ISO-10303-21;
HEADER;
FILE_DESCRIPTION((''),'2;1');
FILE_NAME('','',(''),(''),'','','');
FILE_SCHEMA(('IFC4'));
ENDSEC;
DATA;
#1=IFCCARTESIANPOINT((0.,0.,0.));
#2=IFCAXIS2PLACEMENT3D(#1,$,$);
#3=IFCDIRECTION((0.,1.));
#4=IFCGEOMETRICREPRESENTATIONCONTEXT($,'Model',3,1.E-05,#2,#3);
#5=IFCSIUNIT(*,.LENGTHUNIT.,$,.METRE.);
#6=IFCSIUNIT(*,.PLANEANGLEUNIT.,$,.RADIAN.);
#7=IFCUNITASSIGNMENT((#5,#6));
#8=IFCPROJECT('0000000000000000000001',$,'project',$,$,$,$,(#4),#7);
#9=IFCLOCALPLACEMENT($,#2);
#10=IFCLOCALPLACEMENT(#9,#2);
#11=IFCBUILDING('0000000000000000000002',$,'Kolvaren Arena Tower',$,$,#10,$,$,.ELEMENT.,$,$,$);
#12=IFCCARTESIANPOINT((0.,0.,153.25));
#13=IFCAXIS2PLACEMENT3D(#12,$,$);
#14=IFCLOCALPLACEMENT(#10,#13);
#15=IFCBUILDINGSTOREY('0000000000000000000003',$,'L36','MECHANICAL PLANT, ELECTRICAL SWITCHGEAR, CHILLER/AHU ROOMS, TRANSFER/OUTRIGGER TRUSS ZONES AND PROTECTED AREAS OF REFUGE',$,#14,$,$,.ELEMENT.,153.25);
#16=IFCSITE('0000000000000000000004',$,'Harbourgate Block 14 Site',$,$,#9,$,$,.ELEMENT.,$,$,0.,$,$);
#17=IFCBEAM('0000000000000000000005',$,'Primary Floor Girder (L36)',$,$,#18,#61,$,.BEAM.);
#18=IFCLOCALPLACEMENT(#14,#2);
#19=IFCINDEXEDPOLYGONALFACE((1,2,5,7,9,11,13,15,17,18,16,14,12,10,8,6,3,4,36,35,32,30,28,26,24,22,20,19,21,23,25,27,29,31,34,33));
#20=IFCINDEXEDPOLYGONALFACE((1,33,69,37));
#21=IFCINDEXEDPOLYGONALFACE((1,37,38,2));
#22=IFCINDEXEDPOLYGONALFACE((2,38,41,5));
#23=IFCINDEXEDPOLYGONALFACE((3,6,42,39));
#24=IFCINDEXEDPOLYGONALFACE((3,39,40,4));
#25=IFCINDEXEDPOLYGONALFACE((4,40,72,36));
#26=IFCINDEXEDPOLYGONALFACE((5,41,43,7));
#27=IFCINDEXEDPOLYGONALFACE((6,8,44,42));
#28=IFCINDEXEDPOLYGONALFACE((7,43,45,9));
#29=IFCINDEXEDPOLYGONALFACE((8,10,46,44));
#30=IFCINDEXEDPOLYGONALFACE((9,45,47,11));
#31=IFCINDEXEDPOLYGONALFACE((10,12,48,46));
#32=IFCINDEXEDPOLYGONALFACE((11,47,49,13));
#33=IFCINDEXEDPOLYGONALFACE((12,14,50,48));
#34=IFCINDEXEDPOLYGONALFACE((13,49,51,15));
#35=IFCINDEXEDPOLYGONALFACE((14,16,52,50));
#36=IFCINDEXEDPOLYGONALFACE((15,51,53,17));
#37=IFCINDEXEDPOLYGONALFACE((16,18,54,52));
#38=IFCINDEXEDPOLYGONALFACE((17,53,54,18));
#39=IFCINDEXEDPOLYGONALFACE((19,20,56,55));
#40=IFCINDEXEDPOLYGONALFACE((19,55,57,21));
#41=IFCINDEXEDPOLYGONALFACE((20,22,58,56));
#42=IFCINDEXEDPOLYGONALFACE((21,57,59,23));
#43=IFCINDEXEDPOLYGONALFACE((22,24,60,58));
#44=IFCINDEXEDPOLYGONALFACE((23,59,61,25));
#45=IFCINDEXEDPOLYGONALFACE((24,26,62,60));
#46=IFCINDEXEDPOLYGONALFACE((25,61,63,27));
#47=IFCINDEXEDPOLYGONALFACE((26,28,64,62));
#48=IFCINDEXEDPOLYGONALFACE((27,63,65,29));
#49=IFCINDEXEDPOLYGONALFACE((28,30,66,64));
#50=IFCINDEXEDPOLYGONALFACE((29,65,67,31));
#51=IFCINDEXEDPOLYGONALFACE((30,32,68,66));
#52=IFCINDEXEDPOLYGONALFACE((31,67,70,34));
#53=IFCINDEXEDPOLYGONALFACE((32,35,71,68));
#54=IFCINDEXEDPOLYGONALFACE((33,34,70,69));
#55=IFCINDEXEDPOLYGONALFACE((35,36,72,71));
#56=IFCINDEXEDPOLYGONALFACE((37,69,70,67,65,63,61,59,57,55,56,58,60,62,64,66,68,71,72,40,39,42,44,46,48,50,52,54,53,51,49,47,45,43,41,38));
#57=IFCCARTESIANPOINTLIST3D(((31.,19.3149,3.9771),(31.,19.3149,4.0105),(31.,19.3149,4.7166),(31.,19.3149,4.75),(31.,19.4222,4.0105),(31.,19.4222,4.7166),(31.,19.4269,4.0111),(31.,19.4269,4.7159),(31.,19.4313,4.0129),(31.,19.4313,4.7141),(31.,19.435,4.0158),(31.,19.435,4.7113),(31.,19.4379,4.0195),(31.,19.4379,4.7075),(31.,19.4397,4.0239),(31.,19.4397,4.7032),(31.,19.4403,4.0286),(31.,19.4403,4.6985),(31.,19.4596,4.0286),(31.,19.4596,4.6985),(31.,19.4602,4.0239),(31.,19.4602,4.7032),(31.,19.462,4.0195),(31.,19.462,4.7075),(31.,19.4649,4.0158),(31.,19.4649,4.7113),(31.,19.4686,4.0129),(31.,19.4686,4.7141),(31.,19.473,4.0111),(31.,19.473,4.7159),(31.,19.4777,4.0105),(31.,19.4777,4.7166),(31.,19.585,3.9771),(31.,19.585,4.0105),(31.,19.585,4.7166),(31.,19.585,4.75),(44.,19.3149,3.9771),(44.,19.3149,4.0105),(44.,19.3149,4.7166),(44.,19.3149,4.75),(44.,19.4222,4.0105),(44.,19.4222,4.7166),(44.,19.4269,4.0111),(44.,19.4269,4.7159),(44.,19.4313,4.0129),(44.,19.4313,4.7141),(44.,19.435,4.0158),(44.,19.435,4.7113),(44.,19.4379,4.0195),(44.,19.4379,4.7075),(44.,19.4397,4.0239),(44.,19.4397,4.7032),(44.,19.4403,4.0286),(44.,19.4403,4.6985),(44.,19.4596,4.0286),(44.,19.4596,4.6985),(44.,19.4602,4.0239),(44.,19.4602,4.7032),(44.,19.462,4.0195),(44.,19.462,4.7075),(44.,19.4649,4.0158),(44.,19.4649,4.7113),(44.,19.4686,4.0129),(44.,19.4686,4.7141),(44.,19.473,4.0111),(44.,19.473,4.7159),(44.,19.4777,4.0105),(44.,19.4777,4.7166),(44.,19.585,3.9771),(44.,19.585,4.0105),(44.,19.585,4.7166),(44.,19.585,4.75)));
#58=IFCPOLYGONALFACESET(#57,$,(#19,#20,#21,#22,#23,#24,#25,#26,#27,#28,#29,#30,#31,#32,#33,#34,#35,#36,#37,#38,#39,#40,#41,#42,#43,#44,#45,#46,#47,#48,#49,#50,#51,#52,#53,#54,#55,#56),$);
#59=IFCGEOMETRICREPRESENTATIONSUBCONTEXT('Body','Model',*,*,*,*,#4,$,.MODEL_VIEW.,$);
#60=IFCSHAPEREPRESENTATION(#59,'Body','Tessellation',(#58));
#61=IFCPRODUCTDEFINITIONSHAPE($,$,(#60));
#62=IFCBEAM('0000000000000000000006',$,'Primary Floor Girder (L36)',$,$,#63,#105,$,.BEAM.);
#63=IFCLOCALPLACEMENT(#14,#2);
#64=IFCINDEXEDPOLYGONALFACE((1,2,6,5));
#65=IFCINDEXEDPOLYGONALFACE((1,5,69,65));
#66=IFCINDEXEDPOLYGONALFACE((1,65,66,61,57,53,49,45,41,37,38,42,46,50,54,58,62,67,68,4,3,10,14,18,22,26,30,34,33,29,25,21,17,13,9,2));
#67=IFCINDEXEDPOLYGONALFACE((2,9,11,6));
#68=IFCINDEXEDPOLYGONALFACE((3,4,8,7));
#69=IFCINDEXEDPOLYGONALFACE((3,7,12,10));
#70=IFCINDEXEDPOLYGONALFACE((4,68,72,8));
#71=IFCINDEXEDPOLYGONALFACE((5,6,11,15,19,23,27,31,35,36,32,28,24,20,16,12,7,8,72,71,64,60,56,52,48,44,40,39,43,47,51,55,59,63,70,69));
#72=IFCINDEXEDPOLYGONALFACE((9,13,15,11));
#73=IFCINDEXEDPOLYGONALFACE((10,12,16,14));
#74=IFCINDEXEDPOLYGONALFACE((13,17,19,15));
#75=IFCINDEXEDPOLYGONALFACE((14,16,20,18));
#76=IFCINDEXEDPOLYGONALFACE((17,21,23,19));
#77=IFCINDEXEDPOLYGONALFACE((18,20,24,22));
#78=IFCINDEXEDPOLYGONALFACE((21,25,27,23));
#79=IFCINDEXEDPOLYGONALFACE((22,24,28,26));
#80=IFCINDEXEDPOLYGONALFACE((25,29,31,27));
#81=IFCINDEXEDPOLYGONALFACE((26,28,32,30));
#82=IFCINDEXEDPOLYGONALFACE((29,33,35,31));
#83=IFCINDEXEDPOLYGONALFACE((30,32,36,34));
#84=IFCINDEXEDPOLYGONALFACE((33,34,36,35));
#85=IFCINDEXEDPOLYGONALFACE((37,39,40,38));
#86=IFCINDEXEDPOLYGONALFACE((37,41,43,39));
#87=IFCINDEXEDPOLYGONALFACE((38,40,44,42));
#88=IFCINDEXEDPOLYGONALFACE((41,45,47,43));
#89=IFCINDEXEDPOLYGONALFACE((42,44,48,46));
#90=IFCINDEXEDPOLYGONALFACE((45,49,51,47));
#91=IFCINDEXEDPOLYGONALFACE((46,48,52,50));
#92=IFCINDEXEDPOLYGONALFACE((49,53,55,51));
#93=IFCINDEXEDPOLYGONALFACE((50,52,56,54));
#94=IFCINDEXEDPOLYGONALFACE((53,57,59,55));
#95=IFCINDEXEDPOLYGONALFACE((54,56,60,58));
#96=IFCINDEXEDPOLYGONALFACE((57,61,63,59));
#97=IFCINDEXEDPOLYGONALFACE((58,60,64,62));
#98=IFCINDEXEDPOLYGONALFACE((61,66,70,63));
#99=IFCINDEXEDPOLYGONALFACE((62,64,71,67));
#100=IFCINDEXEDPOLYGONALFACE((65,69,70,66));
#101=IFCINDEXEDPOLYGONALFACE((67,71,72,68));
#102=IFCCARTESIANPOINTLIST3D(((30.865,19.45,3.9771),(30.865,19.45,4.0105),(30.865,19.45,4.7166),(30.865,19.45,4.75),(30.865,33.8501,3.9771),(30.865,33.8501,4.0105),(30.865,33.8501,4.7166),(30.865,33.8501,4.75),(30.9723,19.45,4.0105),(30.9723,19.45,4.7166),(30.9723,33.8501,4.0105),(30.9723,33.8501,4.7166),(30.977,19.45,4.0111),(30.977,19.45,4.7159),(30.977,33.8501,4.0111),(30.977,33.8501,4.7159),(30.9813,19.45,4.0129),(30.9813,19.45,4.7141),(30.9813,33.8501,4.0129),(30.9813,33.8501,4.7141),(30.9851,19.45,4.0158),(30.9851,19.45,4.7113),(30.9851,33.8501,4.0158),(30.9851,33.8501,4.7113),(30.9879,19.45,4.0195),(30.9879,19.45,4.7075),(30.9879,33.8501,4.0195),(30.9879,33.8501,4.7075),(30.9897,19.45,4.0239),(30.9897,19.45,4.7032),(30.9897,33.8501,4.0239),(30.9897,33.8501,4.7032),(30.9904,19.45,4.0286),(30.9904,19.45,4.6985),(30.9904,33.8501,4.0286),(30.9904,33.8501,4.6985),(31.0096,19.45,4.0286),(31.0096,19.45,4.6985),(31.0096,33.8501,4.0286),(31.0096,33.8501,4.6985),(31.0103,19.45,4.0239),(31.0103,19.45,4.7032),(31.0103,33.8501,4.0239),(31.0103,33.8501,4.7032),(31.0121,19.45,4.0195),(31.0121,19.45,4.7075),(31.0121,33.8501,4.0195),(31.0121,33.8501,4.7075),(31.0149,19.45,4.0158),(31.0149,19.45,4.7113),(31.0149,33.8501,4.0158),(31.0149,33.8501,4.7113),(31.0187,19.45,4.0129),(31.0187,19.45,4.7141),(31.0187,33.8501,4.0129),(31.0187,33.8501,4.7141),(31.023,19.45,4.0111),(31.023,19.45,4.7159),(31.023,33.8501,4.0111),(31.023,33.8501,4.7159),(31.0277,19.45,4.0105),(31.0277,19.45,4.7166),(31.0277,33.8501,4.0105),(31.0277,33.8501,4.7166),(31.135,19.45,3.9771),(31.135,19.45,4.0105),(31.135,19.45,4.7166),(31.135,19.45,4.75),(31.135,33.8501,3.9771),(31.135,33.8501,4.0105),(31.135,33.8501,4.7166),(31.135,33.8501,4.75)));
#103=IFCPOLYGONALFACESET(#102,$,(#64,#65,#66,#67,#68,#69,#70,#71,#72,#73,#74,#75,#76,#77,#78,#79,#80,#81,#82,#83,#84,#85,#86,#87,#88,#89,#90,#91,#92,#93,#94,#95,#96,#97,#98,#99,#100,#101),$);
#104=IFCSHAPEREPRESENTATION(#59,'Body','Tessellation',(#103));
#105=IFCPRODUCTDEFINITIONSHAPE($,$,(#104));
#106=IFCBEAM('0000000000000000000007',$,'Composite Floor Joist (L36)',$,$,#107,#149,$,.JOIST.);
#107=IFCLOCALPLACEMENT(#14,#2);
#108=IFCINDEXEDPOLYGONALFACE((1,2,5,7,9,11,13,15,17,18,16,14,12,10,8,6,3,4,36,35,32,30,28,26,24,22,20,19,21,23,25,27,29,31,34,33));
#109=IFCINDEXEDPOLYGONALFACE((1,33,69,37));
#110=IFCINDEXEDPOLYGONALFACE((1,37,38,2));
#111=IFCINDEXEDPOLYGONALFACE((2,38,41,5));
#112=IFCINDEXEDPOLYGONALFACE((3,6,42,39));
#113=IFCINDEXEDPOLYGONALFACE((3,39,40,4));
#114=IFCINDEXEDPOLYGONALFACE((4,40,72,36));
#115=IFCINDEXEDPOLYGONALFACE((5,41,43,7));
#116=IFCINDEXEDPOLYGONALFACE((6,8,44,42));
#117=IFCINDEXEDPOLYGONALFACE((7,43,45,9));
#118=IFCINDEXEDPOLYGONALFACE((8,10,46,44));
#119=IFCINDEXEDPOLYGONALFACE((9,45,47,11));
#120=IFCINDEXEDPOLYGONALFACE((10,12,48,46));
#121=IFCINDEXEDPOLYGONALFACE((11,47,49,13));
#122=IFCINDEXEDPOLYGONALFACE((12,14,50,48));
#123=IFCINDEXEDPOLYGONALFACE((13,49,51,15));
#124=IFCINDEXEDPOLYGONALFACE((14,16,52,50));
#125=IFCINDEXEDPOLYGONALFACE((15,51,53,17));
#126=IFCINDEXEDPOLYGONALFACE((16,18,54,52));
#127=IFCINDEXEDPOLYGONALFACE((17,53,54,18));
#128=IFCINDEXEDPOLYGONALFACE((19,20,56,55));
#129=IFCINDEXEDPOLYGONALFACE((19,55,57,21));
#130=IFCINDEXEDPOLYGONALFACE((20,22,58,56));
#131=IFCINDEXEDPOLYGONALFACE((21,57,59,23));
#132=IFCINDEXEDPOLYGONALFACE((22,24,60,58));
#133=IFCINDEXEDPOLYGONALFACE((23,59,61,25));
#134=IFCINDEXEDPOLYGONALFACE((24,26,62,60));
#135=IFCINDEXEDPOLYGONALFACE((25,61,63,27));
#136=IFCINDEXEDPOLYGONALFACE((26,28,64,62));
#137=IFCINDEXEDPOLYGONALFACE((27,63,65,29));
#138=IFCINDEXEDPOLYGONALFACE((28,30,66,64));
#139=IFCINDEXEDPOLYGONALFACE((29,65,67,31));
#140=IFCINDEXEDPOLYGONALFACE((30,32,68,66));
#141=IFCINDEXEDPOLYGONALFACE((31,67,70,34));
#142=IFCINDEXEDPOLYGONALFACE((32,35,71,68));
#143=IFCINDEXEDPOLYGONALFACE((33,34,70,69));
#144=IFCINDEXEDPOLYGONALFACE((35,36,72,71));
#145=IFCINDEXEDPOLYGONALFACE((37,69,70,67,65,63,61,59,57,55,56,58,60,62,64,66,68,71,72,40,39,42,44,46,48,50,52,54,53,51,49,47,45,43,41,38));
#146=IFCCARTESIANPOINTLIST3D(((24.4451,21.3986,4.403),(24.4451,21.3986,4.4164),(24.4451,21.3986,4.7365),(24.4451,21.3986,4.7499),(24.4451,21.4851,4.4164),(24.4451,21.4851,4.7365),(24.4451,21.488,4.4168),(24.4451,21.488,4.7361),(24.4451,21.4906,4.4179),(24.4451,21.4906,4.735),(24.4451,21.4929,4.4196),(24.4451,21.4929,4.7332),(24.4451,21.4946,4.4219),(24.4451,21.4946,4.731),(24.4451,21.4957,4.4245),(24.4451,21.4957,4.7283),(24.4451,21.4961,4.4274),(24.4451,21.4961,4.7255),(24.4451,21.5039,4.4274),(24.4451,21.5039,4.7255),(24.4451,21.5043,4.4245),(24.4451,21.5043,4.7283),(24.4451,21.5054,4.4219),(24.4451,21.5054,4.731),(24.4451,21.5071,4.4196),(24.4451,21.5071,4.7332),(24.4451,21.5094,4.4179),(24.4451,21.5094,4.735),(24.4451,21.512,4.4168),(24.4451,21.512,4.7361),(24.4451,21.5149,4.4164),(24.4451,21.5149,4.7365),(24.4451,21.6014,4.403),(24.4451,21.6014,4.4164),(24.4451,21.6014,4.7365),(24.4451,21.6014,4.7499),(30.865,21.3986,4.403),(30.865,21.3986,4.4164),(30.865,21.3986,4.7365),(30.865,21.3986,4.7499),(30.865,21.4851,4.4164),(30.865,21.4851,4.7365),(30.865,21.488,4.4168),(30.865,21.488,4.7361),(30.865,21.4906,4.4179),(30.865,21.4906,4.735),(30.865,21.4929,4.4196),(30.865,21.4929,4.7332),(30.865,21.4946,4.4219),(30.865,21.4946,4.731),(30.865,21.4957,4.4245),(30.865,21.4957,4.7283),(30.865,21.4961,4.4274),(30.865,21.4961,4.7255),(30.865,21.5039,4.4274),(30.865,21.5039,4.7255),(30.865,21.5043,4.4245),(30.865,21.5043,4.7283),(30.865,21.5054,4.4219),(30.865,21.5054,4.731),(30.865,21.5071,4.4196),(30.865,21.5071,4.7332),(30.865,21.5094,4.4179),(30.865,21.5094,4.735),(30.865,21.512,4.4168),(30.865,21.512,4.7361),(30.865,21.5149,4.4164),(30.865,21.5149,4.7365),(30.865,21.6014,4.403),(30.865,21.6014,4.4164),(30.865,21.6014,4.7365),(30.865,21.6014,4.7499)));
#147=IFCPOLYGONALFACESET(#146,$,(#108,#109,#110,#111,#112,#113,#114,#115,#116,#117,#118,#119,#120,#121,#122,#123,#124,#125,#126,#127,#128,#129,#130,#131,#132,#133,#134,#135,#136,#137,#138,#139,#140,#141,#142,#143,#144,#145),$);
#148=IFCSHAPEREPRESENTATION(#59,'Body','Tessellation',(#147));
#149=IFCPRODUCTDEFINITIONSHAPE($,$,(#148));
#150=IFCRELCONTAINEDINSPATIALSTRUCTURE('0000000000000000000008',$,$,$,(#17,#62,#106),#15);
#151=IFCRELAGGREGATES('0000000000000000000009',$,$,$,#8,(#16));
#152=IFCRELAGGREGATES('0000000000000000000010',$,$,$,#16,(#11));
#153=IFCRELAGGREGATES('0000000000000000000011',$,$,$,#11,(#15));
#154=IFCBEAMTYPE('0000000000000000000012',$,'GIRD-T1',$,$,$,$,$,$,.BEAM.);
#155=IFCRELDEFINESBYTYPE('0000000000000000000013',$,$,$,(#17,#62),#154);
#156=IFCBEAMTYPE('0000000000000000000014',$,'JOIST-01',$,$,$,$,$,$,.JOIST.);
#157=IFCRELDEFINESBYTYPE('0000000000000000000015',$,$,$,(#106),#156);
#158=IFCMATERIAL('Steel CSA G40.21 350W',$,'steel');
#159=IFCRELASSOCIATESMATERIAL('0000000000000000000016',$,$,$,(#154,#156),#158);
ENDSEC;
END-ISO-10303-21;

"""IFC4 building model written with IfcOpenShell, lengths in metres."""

from ifc_helpers import new_model, si_unit, direction, frame, origin, origin_2d, place, context, subcontext, project, spatial, i_section, extrude, material, material_profile, profile_set, type_object, element, save


model = new_model("IFC4")

# Units and contexts
model_context = context("Model", 3, precision=1e-05, world=origin(), true_north=direction((0.0, 1.0)))
body_context = subcontext(model_context, "Body", "Model", "MODEL_VIEW")
ifc_project = project(units=[si_unit("LENGTHUNIT", "METRE"), si_unit("PLANEANGLEUNIT", "RADIAN")], contexts=[model_context])

# Site, building, storey
site_placement = place(None, origin())
site = spatial("IfcSite", under=ifc_project, at=site_placement, Name="Harbourgate Block 14 Site", CompositionType="ELEMENT", RefElevation=0.0)
building_placement = place(site_placement, origin())
building = spatial("IfcBuilding", under=site, at=building_placement, Name="Kolvaren Arena Tower", CompositionType="ELEMENT")
storey_placement = place(building_placement, frame((0.0, 0.0, 153.25)))
storey = spatial("IfcBuildingStorey", under=building, at=storey_placement, Name="L36", Description="MECHANICAL PLANT, ELECTRICAL SWITCHGEAR, CHILLER/AHU ROOMS, TRANSFER/OUTRIGGER TRUSS ZONES AND PROTECTED AREAS OF REFUGE", CompositionType="ELEMENT", Elevation=153.25)

# Beams
ifc_material_1 = material(Name="Steel CSA G40.21 350W", Category="steel")
ifc_material_profile_1 = material_profile(ifc_material_1, i_section(OverallWidth=0.27, OverallDepth=0.7729, WebThickness=0.0193, FlangeThickness=0.0334, FilletRadius=0.0181, at=origin_2d()), Name="W760x257")
ifc_profile_set_1 = profile_set([ifc_material_profile_1], Name="Steel CSA G40.21 350W")
beam_type_1 = type_object("IfcBeamType", Name="GIRD-T1", PredefinedType="BEAM", material=ifc_profile_set_1)
beam_1_placement = place(storey_placement, frame((31.0, 19.45, 4.3635), z_axis=(1.0, 0.0, 0.0), x_axis=(0.0, 1.0, 0.0)))
element("IfcBeam", 1, at=beam_1_placement, inside=storey, type_object=beam_type_1, Name="Primary Floor Girder (L36)", PredefinedType="BEAM", context=body_context, shape_type="SweptSolid", body=[
    extrude(i_section(OverallWidth=0.27, OverallDepth=0.7729, WebThickness=0.0193, FlangeThickness=0.0334, FilletRadius=0.0181, at=origin_2d()), origin(), (0.0, 0.0, 1.0), 13.0),
])
beam_2_placement = place(storey_placement, frame((31.0, 19.45, 4.3635), z_axis=(0.0, 1.0, 0.0), x_axis=(-1.0, 0.0, 0.0)))
element("IfcBeam", 2, at=beam_2_placement, inside=storey, type_object=beam_type_1, Name="Primary Floor Girder (L36)", PredefinedType="BEAM", context=body_context, shape_type="SweptSolid", body=[
    extrude(i_section(OverallWidth=0.27, OverallDepth=0.7729, WebThickness=0.0193, FlangeThickness=0.0334, FilletRadius=0.0181, at=origin_2d()), origin(), (0.0, 0.0, 1.0), 14.4001),
])
ifc_material_profile_2 = material_profile(ifc_material_1, i_section(OverallWidth=0.2029, OverallDepth=0.3469, WebThickness=0.0078, FlangeThickness=0.0134, FilletRadius=0.011, at=origin_2d()), Name="W360x64")
ifc_profile_set_2 = profile_set([ifc_material_profile_2], Name="Steel CSA G40.21 350W")
beam_type_2 = type_object("IfcBeamType", Name="JOIST-01", PredefinedType="JOIST", material=ifc_profile_set_2)
beam_3_placement = place(storey_placement, frame((24.4451, 21.5, 4.5764), z_axis=(1.0, 0.0, 0.0), x_axis=(0.0, 1.0, 0.0)))
element("IfcBeam", 3, at=beam_3_placement, inside=storey, type_object=beam_type_2, Name="Composite Floor Joist (L36)", PredefinedType="JOIST", context=body_context, shape_type="SweptSolid", body=[
    extrude(i_section(OverallWidth=0.2029, OverallDepth=0.3469, WebThickness=0.0078, FlangeThickness=0.0134, FilletRadius=0.011, at=origin_2d()), origin(), (0.0, 0.0, 1.0), 6.4199),
])

save(model, "model.ifc")
